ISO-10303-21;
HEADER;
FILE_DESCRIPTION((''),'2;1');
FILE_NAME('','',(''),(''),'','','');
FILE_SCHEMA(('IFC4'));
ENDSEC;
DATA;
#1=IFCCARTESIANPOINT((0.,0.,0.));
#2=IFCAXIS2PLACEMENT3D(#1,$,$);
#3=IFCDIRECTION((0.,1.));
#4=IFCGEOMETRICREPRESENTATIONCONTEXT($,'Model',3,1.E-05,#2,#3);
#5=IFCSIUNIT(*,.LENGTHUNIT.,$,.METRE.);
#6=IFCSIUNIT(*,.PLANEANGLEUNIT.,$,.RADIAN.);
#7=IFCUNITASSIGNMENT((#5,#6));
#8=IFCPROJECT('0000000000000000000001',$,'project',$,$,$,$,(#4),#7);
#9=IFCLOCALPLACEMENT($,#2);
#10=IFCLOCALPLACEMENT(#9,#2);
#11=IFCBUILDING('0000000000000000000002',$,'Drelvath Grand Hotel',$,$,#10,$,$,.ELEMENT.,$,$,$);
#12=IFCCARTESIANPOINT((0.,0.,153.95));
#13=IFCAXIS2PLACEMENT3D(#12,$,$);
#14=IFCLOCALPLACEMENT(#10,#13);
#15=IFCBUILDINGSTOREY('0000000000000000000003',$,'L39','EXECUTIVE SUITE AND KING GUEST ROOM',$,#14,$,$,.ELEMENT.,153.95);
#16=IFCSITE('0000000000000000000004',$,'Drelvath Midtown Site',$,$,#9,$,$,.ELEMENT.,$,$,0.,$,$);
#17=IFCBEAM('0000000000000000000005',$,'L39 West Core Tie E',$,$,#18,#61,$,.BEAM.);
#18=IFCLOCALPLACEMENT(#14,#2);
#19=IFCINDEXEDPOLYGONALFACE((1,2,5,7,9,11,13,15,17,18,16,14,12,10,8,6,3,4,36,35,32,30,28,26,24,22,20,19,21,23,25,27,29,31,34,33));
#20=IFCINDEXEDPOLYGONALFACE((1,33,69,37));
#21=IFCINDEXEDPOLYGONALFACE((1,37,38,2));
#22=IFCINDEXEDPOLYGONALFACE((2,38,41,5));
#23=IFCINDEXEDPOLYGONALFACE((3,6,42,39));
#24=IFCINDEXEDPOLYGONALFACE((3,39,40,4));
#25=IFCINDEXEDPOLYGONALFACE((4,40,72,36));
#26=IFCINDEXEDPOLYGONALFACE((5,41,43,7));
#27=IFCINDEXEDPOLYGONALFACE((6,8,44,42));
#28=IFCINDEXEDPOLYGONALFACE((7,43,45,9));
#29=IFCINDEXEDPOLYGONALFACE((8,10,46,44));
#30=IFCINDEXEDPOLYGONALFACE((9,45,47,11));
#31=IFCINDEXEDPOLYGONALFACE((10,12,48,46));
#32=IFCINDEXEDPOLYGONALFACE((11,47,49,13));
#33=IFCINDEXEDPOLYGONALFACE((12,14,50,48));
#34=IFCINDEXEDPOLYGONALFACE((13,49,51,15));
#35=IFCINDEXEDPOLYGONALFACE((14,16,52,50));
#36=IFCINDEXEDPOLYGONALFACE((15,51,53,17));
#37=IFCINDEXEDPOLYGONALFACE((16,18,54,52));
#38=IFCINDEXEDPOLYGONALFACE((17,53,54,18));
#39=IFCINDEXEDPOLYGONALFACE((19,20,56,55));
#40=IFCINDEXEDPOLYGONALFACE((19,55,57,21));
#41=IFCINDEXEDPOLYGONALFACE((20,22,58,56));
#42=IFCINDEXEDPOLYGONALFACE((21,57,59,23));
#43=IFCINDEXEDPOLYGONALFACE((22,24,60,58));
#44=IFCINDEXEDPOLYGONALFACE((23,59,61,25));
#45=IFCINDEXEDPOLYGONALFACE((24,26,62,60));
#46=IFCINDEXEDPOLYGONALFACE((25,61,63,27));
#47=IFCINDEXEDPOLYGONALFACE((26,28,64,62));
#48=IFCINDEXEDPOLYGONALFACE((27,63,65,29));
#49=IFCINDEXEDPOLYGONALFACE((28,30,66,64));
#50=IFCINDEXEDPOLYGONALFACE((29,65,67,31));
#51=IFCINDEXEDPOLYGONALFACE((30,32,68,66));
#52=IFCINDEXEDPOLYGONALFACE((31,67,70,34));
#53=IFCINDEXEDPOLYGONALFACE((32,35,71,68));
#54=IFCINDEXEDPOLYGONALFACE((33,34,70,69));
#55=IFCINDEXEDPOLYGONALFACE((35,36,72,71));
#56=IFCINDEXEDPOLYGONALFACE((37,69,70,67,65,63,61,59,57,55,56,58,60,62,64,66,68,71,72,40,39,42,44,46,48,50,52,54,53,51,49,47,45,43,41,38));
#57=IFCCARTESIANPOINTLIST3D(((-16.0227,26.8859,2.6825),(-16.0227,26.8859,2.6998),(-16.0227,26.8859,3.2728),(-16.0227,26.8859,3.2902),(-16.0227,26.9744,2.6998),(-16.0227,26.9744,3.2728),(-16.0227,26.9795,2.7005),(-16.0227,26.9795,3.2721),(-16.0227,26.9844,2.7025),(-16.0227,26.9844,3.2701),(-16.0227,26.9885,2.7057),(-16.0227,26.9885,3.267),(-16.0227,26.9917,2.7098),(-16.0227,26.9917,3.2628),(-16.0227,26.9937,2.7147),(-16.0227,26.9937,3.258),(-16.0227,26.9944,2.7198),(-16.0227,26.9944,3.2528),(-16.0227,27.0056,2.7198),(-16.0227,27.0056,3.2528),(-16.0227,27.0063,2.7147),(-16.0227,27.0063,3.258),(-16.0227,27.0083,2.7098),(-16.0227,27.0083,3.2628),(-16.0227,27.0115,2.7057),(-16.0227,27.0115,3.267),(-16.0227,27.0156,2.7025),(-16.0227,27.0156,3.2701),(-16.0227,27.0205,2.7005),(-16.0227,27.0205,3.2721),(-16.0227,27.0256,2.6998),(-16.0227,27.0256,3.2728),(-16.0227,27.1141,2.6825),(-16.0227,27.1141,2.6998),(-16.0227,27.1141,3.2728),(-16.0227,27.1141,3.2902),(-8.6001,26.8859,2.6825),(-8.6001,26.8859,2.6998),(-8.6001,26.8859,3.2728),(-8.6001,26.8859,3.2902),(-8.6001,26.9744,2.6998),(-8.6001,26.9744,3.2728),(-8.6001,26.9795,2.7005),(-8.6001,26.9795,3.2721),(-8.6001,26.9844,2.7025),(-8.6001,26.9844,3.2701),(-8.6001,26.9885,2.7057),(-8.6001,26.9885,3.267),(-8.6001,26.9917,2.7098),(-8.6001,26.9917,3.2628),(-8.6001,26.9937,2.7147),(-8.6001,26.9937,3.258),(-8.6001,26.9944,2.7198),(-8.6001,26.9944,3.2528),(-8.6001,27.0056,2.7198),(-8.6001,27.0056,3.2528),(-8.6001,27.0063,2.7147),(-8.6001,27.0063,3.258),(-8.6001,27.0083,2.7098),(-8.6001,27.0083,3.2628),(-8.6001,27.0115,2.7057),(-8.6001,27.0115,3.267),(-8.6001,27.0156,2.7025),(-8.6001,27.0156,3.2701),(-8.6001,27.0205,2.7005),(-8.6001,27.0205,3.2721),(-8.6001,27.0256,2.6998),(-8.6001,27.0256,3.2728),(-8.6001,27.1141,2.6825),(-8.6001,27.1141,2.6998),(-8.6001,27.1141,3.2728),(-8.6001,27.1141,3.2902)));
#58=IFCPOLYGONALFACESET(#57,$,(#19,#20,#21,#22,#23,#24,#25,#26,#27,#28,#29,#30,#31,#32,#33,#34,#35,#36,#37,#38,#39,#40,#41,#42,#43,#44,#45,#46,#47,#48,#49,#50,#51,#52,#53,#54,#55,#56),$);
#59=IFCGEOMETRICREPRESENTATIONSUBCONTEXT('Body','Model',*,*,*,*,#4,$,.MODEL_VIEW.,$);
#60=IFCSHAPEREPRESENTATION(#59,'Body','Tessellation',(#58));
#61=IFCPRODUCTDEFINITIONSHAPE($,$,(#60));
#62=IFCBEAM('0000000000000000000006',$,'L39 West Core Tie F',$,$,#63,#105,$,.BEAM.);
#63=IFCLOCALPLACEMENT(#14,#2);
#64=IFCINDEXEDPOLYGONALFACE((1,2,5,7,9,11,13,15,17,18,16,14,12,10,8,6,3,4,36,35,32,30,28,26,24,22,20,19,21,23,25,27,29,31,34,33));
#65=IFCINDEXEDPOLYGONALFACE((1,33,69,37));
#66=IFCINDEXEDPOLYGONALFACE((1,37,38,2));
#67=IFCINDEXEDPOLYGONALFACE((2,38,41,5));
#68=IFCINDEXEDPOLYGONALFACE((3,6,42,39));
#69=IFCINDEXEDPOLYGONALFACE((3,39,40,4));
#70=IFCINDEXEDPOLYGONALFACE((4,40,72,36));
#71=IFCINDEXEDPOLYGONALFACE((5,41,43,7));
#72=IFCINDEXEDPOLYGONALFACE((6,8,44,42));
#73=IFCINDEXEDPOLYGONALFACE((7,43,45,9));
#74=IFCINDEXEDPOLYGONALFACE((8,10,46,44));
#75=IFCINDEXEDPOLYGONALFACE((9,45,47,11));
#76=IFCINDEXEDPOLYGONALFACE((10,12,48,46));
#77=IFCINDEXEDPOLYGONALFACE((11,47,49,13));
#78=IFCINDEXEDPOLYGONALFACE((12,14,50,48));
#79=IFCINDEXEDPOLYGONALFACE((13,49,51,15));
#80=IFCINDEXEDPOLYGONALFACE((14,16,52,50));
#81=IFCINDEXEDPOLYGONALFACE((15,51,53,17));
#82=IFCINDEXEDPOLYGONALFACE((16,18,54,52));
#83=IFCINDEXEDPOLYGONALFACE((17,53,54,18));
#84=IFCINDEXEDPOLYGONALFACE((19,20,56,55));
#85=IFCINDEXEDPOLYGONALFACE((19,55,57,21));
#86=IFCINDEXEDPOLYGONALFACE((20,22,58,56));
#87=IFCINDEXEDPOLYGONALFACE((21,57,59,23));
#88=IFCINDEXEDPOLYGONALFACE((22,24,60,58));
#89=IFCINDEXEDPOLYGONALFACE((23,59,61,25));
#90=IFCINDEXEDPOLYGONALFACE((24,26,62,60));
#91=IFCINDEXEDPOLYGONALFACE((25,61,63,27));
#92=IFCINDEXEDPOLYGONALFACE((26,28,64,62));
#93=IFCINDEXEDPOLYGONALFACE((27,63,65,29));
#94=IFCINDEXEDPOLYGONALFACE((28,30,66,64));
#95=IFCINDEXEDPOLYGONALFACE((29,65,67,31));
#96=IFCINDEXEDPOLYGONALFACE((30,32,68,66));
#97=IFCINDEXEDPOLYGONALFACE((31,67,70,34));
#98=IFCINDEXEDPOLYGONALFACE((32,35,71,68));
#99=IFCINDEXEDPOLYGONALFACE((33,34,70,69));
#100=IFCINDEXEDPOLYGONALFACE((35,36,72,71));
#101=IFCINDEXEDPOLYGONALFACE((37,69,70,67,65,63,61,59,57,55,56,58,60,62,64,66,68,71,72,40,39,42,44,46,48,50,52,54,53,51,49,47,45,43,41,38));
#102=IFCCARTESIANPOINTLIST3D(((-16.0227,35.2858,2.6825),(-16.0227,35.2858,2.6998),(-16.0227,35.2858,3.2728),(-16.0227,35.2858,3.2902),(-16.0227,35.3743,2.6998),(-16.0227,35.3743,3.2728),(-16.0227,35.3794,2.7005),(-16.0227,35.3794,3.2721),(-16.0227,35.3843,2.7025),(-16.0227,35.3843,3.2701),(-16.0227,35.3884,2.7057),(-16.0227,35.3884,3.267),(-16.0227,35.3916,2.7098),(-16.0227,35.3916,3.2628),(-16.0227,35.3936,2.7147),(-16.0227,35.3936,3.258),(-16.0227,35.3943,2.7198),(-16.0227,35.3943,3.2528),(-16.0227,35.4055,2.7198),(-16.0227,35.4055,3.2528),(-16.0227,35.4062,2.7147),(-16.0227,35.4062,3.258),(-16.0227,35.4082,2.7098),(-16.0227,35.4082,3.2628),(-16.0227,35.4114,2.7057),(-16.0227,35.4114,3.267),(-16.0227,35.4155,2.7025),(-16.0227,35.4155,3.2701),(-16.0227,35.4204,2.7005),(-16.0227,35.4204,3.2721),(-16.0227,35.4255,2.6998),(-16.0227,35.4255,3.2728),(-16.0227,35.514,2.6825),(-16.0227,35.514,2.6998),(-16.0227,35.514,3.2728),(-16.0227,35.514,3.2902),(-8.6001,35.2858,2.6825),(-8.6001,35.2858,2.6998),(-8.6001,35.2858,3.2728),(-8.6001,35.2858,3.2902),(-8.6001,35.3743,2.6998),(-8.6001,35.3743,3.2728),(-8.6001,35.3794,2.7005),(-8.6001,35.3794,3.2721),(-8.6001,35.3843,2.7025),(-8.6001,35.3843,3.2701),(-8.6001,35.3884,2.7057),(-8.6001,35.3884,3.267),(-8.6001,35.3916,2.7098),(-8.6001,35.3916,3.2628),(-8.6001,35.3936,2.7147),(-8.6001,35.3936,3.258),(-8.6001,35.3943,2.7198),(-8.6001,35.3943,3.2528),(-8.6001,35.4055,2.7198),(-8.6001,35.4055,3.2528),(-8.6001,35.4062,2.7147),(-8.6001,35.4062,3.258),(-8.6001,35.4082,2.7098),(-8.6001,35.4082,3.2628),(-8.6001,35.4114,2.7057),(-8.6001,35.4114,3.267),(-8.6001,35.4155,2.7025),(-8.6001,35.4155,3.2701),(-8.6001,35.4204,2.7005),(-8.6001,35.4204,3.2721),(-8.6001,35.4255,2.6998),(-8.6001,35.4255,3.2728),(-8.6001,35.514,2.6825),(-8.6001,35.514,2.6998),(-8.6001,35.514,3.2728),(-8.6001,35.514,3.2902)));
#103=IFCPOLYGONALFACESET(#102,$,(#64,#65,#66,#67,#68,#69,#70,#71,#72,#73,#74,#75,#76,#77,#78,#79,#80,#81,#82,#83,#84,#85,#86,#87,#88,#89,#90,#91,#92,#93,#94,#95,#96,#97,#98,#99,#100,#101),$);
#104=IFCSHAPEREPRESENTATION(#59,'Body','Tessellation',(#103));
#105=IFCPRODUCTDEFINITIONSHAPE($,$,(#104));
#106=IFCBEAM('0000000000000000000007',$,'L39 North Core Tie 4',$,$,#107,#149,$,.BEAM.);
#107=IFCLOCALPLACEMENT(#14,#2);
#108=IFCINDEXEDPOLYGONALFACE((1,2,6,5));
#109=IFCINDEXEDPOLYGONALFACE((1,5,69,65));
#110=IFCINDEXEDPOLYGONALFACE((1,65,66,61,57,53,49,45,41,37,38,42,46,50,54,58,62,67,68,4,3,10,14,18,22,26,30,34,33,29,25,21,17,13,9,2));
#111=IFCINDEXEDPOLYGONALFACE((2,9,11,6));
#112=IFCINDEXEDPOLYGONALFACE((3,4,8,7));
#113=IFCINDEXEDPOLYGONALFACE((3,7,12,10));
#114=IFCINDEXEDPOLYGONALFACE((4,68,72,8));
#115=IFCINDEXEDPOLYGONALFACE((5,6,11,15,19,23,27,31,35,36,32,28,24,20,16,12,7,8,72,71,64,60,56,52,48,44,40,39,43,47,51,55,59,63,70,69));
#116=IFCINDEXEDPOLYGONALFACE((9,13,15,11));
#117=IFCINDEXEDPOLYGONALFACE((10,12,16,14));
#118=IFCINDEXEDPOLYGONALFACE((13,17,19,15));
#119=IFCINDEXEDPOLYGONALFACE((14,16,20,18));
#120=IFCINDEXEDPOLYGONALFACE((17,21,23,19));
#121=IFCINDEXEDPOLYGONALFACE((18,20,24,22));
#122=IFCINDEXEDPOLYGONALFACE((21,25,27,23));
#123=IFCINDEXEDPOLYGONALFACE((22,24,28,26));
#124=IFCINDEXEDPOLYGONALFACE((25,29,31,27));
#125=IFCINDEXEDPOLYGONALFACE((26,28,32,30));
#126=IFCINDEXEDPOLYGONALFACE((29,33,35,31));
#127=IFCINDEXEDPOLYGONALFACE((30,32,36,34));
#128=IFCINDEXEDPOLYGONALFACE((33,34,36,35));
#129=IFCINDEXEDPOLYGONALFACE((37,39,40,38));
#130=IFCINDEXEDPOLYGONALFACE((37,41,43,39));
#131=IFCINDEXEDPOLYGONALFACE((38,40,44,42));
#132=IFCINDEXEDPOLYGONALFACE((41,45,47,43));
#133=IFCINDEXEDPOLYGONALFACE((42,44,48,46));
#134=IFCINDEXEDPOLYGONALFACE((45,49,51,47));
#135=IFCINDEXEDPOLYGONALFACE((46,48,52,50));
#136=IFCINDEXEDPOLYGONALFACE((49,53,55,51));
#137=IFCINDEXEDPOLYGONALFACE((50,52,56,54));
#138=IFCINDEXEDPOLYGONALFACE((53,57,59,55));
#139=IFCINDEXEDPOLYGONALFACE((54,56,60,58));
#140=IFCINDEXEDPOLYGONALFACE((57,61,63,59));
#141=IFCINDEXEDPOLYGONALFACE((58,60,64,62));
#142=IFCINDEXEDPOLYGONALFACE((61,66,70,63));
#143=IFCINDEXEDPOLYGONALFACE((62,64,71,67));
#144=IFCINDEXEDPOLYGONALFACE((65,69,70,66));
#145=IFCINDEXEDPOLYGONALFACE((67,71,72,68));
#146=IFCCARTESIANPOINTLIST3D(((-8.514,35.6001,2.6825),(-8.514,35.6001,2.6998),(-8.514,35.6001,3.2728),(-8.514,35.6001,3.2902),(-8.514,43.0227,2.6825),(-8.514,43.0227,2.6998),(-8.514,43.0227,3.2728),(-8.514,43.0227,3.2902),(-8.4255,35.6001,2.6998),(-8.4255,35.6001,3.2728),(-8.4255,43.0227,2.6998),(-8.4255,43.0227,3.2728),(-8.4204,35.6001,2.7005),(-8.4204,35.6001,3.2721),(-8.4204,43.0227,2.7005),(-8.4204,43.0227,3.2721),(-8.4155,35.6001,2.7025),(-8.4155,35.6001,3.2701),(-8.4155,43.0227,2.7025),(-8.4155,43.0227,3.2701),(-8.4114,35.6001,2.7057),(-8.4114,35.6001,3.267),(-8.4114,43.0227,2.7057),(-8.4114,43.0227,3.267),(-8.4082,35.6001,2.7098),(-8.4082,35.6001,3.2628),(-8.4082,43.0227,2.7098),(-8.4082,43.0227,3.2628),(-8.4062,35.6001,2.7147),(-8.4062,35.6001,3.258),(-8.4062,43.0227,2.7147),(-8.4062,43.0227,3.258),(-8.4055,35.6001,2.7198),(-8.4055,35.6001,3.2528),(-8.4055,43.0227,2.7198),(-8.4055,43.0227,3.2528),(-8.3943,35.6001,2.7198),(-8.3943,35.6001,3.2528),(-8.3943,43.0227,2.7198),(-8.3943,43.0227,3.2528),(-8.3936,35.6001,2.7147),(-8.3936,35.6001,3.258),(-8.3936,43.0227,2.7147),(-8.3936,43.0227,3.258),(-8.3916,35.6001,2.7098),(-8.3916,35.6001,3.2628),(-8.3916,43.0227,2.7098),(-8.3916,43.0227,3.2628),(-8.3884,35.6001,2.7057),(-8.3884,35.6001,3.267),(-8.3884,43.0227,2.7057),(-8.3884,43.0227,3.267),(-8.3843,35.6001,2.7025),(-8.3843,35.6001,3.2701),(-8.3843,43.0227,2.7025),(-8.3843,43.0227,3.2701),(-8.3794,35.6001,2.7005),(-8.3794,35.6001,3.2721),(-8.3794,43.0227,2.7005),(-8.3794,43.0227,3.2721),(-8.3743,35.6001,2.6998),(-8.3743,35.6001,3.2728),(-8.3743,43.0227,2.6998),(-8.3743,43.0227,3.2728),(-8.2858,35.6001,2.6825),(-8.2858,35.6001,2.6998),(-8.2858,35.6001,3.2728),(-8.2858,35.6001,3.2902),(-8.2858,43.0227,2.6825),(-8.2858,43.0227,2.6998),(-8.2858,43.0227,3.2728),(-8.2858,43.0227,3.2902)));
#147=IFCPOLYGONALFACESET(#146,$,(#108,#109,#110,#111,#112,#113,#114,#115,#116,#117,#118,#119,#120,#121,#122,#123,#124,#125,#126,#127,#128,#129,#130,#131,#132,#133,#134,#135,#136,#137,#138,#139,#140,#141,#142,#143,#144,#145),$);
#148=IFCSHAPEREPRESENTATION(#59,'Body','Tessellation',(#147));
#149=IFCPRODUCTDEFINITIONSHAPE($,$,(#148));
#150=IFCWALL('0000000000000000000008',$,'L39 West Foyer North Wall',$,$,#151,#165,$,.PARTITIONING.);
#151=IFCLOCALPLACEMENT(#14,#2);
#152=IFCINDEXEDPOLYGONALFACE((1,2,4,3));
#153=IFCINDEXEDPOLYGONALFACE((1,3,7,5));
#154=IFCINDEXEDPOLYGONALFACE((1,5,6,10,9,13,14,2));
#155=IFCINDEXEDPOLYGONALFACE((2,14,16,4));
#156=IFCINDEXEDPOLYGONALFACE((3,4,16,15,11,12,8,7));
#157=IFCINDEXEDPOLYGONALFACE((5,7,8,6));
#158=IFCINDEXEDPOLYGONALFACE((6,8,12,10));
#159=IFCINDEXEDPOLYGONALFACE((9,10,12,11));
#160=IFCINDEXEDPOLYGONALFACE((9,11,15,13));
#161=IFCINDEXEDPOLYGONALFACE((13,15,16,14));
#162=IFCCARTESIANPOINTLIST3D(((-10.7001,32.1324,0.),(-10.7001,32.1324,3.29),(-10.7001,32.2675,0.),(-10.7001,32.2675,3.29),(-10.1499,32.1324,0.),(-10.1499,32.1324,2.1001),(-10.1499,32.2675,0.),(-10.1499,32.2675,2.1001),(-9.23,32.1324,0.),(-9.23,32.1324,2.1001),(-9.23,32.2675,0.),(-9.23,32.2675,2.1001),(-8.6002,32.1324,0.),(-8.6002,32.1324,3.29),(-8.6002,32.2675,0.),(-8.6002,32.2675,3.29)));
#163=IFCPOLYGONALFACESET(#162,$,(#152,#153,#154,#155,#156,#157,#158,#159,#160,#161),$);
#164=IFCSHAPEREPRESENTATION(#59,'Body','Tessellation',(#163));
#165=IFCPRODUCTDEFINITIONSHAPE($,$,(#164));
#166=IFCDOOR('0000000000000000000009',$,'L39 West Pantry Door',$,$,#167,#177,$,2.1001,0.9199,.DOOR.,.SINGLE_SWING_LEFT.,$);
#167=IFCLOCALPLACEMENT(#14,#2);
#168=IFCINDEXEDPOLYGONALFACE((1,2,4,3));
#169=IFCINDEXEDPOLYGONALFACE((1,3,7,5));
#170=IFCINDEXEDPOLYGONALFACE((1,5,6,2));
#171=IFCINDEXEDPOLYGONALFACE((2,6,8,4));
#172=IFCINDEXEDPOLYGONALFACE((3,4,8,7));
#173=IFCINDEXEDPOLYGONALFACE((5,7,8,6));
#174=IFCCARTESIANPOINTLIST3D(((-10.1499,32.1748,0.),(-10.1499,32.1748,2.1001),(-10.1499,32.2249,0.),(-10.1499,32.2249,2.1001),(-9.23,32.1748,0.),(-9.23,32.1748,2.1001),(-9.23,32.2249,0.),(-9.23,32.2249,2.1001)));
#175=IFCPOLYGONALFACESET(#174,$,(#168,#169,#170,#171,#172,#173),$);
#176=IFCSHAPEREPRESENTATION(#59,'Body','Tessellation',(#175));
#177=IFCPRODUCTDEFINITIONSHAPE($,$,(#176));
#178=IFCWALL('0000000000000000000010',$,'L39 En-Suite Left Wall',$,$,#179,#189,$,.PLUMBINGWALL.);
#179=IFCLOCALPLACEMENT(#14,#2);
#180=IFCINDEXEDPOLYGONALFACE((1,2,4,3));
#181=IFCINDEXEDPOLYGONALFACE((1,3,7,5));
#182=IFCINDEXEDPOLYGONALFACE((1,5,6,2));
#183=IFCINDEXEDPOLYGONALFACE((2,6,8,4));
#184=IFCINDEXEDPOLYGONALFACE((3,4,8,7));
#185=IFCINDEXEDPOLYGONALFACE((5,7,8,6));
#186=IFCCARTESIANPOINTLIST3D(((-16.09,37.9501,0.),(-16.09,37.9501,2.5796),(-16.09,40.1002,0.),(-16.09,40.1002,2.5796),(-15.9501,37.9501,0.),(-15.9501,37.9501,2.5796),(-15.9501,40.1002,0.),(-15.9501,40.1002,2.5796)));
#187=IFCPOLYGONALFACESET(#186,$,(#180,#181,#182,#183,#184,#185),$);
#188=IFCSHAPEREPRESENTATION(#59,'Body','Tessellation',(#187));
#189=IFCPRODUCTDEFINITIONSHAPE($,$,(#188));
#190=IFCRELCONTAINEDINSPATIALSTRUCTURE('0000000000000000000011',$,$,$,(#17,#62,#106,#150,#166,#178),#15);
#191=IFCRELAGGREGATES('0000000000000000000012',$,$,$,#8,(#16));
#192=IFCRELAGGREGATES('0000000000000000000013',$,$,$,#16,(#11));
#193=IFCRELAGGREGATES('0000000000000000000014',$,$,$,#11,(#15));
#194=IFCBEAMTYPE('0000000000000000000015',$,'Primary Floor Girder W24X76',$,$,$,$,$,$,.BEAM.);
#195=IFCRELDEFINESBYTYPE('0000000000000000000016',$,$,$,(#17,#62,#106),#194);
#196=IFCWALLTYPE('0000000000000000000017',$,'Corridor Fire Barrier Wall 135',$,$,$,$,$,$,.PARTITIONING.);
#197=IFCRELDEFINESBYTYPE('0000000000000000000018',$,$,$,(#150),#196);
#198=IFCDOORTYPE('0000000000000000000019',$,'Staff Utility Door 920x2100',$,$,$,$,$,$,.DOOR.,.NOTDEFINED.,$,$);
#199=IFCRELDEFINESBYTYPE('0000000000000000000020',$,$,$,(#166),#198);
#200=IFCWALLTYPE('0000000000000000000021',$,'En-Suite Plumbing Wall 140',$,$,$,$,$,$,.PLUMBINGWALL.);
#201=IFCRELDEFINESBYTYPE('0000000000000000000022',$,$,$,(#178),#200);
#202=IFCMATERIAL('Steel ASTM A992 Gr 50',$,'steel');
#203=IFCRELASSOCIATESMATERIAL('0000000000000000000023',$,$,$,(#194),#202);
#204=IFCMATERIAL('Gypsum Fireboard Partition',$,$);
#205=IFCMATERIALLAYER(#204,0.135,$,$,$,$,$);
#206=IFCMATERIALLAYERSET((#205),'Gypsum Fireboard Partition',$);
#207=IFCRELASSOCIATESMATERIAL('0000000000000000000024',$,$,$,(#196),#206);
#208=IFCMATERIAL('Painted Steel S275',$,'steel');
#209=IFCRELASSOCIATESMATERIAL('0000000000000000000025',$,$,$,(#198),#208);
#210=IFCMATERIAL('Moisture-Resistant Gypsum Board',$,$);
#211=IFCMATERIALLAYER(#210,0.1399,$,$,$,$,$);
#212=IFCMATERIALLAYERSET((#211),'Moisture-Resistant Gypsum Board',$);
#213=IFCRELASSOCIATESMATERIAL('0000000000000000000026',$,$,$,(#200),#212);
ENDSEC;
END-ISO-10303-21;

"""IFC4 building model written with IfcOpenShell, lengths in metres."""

from ifc_helpers import new_model, si_unit, direction, frame, frame_2d, origin, origin_2d, place, context, subcontext, project, spatial, rectangle, i_section, extrude, material, layer, layer_set, material_profile, profile_set, type_object, element, fill, save


model = new_model("IFC4")

# Units and contexts
model_context = context("Model", 3, precision=1e-05, world=origin(), true_north=direction((0.0, 1.0)))
body_context = subcontext(model_context, "Body", "Model", "MODEL_VIEW")
ifc_project = project(units=[si_unit("LENGTHUNIT", "METRE"), si_unit("PLANEANGLEUNIT", "RADIAN")], contexts=[model_context])

# Site, building, storey
site_placement = place(None, origin())
site = spatial("IfcSite", under=ifc_project, at=site_placement, Name="Drelvath Midtown Site", CompositionType="ELEMENT", RefElevation=0.0)
building_placement = place(site_placement, origin())
building = spatial("IfcBuilding", under=site, at=building_placement, Name="Drelvath Grand Hotel", CompositionType="ELEMENT")
storey_placement = place(building_placement, frame((0.0, 0.0, 153.95)))
storey = spatial("IfcBuildingStorey", under=building, at=storey_placement, Name="L39", Description="EXECUTIVE SUITE AND KING GUEST ROOM", CompositionType="ELEMENT", Elevation=153.95)

# Beams
ifc_material_1 = material(Name="Steel ASTM A992 Gr 50", Category="steel")
ifc_material_profile = material_profile(ifc_material_1, i_section(OverallWidth=0.2283, OverallDepth=0.6077, WebThickness=0.0112, FlangeThickness=0.0173, FilletRadius=0.02, at=origin_2d()), Name="W24X76")
ifc_profile_set = profile_set([ifc_material_profile], Name="Steel ASTM A992 Gr 50")
beam_type = type_object("IfcBeamType", Name="Primary Floor Girder W24X76", PredefinedType="BEAM", material=ifc_profile_set)
for number, where, z_axis, x_axis, name in (
    (1, (-16.0227, 27.0, 2.9863), (1.0, 0.0, 0.0), (0.0, 1.0, 0.0), "L39 West Core Tie E"),
    (2, (-16.0227, 35.3999, 2.9863), (1.0, 0.0, 0.0), (0.0, 1.0, 0.0), "L39 West Core Tie F"),
    (3, (-8.3999, 35.6001, 2.9863), (0.0, 1.0, 0.0), (-1.0, 0.0, 0.0), "L39 North Core Tie 4"),
):
    element("IfcBeam", number, at=place(storey_placement, frame(where, z_axis=z_axis, x_axis=x_axis)), inside=storey, type_object=beam_type, Name=name, PredefinedType="BEAM", context=body_context, shape_type="SweptSolid", body=[
        extrude(i_section(OverallWidth=0.2283, OverallDepth=0.6077, WebThickness=0.0112, FlangeThickness=0.0173, FilletRadius=0.02, at=origin_2d()), origin(), (0.0, 0.0, 1.0), 7.4226),
    ])

# Wall, opening, door
ifc_material_2 = material(Name="Gypsum Fireboard Partition")
ifc_layer_1 = layer(ifc_material_2, 0.135)
ifc_layer_set_1 = layer_set([ifc_layer_1], Name="Gypsum Fireboard Partition")
wall_type_1 = type_object("IfcWallType", Name="Corridor Fire Barrier Wall 135", PredefinedType="PARTITIONING", material=ifc_layer_set_1)
wall_1_placement = place(storey_placement, frame((-10.7, 32.2, 0.0), z_axis=(0.0, 0.0, 1.0), x_axis=(1.0, 0.0, 0.0)))
wall_1 = element("IfcWall", 4, at=wall_1_placement, inside=storey, type_object=wall_type_1, Name="L39 West Foyer North Wall", PredefinedType="PARTITIONING", context=body_context, shape_type="SweptSolid", body=[
    extrude(rectangle(XDim=2.0999, YDim=0.135, at=frame_2d((1.0498, 0.0))), origin(), (0.0, 0.0, 1.0), 3.29),
])
opening_1_placement = place(wall_1_placement, frame((0.55, 0.0, 0.0)))
opening_1 = element("IfcOpeningElement", 5, at=opening_1_placement, cuts=wall_1, PredefinedType="OPENING", context=body_context, shape_type="SweptSolid", body=[
    extrude(rectangle(XDim=0.9199, YDim=2.1001, at=frame_2d((0.46, 1.05))), frame((0.0, 0.0774, 0.0), z_axis=(0.0, -1.0, 0.0), x_axis=(1.0, 0.0, 0.0)), (0.0, 0.0, 1.0), 0.155),
])
ifc_material_3 = material(Name="Painted Steel S275", Category="steel")
door_type_1 = type_object("IfcDoorType", Name="Staff Utility Door 920x2100", OperationType="NOTDEFINED", PredefinedType="DOOR", material=ifc_material_3)
door_1_placement = place(opening_1_placement, origin())
door_1 = element("IfcDoor", 6, at=door_1_placement, inside=storey, type_object=door_type_1, Name="L39 West Pantry Door", OperationType="SINGLE_SWING_LEFT", OverallHeight=2.1001, OverallWidth=0.9199, PredefinedType="DOOR", context=body_context, shape_type="SweptSolid", body=[
    extrude(rectangle(XDim=0.9199, YDim=2.1001, at=frame_2d((0.46, 1.05))), frame((0.0, 0.0249, 0.0), z_axis=(0.0, -1.0, 0.0), x_axis=(1.0, 0.0, 0.0)), (0.0, 0.0, 1.0), 0.05),
])
fill(opening_1, door_1)

# Wall
ifc_material_4 = material(Name="Moisture-Resistant Gypsum Board")
ifc_layer_2 = layer(ifc_material_4, 0.1399)
ifc_layer_set_2 = layer_set([ifc_layer_2], Name="Moisture-Resistant Gypsum Board")
wall_type_2 = type_object("IfcWallType", Name="En-Suite Plumbing Wall 140", PredefinedType="PLUMBINGWALL", material=ifc_layer_set_2)
wall_2_placement = place(storey_placement, frame((-16.02, 37.95, 0.0), z_axis=(0.0, 0.0, 1.0), x_axis=(0.0, 1.0, 0.0)))
element("IfcWall", 7, at=wall_2_placement, inside=storey, type_object=wall_type_2, Name="L39 En-Suite Left Wall", PredefinedType="PLUMBINGWALL", context=body_context, shape_type="SweptSolid", body=[
    extrude(rectangle(XDim=2.1501, YDim=0.1399, at=frame_2d((1.0752, 0.0))), origin(), (0.0, 0.0, 1.0), 2.5796),
])

save(model, "model.ifc")
